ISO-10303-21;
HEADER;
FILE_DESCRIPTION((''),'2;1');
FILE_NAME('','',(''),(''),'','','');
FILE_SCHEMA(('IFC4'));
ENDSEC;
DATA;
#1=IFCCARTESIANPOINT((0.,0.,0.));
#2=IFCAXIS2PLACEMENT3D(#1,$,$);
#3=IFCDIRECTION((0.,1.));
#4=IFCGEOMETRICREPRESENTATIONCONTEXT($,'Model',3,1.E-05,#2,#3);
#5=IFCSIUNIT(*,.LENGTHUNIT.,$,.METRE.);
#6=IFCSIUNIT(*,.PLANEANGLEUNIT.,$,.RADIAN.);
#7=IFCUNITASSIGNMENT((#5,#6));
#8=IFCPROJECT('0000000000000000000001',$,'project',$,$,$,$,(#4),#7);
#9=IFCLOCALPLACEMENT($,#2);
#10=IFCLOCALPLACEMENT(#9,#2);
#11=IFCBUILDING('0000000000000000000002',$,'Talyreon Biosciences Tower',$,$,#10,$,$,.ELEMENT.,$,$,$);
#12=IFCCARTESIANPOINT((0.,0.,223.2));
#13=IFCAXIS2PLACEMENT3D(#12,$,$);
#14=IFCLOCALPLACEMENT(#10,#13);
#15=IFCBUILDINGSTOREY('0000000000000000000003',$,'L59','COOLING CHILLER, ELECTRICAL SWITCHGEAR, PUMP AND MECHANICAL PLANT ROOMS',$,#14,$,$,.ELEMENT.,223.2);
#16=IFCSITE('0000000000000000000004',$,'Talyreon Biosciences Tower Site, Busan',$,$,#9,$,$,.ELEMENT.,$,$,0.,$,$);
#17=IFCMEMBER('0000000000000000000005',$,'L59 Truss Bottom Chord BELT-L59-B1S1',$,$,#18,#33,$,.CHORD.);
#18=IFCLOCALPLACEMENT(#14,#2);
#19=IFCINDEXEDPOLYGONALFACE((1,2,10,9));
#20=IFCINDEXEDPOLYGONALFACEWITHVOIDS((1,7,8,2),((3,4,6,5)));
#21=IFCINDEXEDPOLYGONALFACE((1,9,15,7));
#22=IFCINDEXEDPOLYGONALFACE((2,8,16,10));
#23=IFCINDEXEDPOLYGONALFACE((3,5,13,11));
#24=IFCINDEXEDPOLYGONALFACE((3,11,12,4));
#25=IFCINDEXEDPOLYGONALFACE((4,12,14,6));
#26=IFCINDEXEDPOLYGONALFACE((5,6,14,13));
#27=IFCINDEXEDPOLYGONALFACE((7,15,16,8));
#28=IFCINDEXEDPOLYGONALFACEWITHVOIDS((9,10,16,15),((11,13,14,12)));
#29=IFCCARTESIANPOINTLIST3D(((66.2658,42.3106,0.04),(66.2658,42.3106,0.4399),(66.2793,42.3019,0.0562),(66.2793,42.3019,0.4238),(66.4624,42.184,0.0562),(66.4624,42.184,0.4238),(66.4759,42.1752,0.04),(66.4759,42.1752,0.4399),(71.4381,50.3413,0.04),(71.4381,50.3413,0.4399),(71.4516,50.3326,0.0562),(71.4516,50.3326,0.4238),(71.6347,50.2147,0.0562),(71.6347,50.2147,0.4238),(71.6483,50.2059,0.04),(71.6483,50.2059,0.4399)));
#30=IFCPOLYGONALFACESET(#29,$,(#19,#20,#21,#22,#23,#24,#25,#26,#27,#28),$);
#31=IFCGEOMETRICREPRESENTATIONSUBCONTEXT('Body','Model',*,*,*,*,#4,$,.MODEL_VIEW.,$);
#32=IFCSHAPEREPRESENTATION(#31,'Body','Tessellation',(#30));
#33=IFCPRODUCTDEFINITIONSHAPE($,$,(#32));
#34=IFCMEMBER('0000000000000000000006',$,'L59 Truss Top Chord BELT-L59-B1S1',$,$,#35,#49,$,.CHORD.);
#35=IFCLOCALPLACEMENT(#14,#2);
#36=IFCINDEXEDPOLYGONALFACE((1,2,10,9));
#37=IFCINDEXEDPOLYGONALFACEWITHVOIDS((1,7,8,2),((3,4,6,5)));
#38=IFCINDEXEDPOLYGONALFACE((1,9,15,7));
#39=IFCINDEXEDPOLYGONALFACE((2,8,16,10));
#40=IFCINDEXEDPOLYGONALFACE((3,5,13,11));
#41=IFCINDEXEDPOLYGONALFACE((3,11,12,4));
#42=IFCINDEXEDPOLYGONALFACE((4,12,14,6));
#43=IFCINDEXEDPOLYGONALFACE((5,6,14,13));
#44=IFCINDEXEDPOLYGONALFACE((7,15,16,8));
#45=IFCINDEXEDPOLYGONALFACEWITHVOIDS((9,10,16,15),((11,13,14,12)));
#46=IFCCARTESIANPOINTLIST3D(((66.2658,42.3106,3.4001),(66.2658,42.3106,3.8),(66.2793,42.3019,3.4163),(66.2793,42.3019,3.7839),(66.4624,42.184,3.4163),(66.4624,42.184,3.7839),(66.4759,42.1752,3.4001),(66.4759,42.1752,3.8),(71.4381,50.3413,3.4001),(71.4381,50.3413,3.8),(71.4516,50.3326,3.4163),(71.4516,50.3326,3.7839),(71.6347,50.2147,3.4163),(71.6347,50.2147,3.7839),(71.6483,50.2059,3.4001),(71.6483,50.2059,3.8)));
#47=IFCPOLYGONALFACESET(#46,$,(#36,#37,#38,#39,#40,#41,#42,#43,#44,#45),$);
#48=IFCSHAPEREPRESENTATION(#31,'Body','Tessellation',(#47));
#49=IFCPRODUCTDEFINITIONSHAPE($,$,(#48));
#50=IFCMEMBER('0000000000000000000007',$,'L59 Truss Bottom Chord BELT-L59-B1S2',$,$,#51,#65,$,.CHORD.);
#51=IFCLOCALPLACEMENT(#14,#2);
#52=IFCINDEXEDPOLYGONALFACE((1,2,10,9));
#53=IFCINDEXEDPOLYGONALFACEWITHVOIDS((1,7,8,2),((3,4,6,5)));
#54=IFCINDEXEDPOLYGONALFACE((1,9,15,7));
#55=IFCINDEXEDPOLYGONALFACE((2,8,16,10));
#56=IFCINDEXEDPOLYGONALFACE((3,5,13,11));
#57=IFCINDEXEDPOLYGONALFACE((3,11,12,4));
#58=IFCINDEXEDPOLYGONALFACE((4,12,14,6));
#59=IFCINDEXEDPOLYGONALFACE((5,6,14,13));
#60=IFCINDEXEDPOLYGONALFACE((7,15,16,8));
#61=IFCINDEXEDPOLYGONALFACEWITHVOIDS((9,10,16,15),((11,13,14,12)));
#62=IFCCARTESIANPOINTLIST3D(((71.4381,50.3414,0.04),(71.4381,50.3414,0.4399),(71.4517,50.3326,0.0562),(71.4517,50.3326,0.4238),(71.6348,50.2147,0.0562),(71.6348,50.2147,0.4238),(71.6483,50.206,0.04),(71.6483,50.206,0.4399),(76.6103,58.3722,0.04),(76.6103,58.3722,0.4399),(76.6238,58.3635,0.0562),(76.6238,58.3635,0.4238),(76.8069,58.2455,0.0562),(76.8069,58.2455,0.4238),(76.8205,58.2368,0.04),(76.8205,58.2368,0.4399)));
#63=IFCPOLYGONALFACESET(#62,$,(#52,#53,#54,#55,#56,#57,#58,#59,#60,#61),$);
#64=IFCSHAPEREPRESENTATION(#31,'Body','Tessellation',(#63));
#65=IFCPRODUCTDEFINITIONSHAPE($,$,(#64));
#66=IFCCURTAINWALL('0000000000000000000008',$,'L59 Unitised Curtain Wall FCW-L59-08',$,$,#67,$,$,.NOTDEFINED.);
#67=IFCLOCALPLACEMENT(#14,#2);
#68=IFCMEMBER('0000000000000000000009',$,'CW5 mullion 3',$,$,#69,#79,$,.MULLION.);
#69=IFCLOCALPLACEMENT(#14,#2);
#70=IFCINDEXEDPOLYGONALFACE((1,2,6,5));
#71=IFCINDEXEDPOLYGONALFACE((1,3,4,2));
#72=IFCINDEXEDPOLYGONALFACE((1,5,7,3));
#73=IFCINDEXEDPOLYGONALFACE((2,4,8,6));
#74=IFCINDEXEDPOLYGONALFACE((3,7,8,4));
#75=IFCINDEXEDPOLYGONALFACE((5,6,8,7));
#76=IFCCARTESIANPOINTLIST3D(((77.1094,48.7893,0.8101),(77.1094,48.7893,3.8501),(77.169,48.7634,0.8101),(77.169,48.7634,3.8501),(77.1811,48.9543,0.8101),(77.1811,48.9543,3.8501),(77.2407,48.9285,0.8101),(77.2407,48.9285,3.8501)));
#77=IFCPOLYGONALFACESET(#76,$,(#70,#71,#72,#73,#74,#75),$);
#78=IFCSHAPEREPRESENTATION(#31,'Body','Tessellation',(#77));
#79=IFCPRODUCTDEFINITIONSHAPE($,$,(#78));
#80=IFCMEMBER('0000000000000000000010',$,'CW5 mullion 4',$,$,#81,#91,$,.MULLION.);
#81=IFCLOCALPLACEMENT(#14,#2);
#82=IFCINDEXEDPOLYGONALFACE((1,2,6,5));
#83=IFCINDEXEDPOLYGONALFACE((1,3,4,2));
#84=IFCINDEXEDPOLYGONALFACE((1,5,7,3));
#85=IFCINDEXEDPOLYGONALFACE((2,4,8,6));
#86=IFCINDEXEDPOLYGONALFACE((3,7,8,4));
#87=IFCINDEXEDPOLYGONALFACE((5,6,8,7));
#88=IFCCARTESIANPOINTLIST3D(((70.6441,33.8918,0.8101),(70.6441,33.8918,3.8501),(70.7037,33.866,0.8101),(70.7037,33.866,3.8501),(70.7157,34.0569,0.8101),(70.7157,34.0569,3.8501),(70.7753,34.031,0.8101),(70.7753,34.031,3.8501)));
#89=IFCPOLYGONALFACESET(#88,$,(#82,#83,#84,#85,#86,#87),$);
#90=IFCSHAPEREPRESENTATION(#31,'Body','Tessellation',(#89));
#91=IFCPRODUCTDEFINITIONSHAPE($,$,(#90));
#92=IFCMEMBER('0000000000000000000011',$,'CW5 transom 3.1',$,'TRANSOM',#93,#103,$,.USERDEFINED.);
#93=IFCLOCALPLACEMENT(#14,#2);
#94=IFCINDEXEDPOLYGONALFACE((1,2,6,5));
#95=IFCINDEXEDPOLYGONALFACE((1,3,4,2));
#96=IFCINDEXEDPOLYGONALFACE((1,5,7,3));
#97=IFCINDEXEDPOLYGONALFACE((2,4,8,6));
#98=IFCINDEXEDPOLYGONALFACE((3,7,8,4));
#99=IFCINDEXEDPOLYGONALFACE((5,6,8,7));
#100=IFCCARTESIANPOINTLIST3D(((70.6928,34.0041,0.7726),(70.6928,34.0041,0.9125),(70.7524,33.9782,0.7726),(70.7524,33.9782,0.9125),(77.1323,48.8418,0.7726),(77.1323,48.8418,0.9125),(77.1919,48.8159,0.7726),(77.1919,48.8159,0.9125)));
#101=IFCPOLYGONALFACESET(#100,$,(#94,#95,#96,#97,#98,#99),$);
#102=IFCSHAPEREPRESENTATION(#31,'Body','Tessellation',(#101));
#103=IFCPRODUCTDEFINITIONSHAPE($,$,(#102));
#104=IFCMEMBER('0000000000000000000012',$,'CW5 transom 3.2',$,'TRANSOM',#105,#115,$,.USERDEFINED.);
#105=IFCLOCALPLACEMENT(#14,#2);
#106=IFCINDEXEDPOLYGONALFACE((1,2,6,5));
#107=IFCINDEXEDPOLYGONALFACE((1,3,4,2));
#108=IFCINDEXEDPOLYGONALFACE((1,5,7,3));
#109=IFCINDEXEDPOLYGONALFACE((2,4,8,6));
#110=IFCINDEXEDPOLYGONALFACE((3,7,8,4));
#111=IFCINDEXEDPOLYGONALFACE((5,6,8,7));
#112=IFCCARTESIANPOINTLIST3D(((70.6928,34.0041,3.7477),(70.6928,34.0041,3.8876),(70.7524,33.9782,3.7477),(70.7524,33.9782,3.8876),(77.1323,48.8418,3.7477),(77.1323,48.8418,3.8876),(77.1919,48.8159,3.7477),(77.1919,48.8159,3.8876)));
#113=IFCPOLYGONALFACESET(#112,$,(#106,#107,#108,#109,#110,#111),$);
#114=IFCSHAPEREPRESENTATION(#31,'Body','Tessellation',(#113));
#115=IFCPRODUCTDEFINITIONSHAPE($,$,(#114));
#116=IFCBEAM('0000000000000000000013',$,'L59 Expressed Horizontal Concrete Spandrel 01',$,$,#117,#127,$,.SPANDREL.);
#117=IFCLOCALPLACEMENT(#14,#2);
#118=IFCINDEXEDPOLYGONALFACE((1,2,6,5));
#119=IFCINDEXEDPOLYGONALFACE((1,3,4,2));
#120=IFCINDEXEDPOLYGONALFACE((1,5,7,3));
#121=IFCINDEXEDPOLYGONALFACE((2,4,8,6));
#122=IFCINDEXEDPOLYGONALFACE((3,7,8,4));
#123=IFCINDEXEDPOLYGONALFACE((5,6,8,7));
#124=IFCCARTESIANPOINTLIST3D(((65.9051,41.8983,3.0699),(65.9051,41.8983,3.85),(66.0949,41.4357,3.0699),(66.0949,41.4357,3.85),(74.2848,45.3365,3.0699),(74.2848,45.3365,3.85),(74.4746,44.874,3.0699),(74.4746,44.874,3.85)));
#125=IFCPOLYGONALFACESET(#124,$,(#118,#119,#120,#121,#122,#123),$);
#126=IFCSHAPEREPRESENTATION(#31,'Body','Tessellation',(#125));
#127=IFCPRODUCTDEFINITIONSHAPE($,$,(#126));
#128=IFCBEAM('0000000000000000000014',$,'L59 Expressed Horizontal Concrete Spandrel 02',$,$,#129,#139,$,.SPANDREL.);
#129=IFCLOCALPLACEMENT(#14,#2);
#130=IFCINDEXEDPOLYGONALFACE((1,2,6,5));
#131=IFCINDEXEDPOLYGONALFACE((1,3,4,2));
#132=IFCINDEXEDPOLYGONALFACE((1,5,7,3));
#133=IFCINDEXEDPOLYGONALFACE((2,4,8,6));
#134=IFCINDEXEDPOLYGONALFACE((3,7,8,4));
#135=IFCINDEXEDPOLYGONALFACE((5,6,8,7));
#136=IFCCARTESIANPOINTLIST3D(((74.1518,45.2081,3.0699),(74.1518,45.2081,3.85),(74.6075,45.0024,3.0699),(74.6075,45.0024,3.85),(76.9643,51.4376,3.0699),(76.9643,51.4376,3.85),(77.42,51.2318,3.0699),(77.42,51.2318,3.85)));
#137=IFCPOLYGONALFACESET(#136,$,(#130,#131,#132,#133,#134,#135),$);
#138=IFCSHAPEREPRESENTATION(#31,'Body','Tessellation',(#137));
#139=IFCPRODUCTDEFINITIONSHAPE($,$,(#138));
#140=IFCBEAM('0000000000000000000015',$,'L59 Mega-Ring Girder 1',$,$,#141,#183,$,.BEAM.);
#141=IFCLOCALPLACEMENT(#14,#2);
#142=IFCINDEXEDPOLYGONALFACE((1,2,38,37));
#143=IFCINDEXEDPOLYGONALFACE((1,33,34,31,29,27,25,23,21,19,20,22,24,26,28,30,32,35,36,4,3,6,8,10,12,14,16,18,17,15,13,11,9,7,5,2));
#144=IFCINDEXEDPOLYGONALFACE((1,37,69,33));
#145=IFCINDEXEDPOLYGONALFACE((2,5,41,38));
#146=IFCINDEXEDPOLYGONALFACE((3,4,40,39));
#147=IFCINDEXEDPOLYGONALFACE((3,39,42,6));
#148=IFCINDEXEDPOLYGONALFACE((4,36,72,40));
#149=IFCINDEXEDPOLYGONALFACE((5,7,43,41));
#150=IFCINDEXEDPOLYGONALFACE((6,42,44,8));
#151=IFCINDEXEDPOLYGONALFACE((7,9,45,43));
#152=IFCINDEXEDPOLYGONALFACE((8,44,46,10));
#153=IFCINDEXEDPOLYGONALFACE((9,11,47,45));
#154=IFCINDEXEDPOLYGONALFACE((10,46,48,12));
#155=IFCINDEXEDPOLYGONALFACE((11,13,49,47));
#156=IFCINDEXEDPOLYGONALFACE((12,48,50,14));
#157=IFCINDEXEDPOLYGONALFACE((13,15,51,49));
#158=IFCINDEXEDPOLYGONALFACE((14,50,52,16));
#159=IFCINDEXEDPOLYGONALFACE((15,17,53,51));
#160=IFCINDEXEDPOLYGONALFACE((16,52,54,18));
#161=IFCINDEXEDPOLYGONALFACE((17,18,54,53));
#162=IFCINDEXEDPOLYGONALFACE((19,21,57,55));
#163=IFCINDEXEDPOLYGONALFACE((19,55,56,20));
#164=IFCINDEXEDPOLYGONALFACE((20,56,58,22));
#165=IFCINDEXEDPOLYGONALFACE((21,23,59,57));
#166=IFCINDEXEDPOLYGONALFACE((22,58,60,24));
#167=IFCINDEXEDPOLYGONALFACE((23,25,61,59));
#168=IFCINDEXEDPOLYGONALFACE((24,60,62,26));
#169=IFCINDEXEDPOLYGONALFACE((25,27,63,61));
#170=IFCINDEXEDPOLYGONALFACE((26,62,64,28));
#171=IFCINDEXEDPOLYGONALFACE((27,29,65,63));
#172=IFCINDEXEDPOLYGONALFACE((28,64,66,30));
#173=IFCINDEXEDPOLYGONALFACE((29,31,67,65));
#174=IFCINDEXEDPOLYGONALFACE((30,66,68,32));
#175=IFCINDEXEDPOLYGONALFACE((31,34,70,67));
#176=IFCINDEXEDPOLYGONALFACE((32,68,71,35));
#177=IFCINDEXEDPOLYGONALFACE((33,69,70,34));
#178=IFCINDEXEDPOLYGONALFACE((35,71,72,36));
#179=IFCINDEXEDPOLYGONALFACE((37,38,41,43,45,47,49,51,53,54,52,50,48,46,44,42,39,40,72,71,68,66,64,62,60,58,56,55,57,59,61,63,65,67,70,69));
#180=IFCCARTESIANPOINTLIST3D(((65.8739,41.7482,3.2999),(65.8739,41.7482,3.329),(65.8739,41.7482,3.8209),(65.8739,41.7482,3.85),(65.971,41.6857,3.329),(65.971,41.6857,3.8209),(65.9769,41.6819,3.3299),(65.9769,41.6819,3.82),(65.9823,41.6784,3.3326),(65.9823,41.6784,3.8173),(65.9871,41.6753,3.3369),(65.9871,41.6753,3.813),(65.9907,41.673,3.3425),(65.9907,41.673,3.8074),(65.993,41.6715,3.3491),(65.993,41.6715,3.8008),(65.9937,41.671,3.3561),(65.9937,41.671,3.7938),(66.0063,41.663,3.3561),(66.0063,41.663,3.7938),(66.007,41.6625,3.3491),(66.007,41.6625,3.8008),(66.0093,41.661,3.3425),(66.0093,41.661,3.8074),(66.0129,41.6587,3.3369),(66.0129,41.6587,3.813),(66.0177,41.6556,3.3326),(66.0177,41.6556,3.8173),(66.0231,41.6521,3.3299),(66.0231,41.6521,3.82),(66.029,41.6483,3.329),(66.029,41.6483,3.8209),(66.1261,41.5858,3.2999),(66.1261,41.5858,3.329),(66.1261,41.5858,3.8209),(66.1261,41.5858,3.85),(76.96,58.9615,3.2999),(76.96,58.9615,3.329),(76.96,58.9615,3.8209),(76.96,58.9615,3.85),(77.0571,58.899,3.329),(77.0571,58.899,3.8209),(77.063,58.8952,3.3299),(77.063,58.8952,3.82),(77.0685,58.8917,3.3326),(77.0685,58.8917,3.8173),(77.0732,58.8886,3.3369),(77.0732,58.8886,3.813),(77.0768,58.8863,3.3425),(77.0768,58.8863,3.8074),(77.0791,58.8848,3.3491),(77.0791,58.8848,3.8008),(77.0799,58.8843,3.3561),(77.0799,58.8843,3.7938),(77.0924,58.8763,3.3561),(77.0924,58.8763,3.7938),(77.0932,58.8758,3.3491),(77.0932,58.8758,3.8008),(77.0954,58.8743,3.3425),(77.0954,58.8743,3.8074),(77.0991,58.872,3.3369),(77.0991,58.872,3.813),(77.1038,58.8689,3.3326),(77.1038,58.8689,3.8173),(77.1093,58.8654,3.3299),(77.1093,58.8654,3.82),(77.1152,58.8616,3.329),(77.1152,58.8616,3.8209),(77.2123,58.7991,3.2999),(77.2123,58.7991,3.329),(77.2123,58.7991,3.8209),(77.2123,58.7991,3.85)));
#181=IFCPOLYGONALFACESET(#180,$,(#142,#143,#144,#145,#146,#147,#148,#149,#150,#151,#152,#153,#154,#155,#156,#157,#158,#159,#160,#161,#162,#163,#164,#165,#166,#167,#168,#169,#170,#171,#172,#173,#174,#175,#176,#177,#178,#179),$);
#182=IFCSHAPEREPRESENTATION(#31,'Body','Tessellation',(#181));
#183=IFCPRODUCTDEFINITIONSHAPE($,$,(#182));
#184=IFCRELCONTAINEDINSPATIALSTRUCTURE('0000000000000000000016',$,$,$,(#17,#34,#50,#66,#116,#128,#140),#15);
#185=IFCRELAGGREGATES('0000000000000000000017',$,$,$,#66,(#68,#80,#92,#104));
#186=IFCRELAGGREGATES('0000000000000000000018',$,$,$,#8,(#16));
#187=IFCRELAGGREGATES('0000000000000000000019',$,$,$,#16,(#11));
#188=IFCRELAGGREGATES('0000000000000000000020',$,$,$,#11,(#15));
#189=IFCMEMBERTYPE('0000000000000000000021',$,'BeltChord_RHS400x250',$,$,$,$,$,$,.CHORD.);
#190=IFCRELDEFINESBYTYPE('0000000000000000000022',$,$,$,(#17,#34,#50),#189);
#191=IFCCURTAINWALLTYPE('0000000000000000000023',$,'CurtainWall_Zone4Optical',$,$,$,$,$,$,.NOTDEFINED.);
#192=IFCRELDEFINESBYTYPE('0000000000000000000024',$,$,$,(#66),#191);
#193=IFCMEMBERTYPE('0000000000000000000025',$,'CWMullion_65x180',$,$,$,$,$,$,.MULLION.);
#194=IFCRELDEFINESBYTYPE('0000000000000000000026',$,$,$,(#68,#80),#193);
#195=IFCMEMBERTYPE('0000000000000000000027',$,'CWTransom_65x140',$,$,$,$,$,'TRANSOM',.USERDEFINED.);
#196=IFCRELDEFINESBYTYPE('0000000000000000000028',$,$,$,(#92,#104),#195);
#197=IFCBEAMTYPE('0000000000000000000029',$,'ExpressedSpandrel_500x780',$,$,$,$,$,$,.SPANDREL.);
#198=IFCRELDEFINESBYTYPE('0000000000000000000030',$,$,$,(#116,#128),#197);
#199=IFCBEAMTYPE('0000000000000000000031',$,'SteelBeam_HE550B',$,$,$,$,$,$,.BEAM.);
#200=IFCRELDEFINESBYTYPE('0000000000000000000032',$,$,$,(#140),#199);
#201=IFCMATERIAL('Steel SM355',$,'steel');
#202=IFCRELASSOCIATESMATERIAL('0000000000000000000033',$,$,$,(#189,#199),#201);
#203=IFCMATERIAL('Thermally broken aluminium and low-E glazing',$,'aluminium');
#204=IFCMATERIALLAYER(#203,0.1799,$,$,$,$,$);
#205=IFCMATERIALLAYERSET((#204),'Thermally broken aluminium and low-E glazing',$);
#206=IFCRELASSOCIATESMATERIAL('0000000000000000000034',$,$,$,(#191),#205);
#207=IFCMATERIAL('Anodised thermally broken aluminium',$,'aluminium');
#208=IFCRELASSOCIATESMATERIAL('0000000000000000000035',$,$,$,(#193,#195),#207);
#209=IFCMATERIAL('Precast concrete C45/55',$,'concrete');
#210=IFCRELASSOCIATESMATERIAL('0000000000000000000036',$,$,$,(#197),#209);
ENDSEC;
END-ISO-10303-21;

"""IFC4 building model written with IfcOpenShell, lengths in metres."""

from ifc_helpers import new_model, si_unit, direction, frame, origin, origin_2d, place, context, subcontext, project, spatial, rectangle, hollow_rectangle, i_section, extrude, material, layer, layer_set, material_profile, profile_set, type_object, element, aggregate, save


model = new_model("IFC4")

# Units and contexts
model_context = context("Model", 3, precision=1e-05, world=origin(), true_north=direction((0.0, 1.0)))
body_context = subcontext(model_context, "Body", "Model", "MODEL_VIEW")
ifc_project = project(units=[si_unit("LENGTHUNIT", "METRE"), si_unit("PLANEANGLEUNIT", "RADIAN")], contexts=[model_context])

# Site, building, storey
site_placement = place(None, origin())
site = spatial("IfcSite", under=ifc_project, at=site_placement, Name="Talyreon Biosciences Tower Site, Busan", CompositionType="ELEMENT", RefElevation=0.0)
building_placement = place(site_placement, origin())
building = spatial("IfcBuilding", under=site, at=building_placement, Name="Talyreon Biosciences Tower", CompositionType="ELEMENT")
storey_placement = place(building_placement, frame((0.0, 0.0, 223.2)))
storey = spatial("IfcBuildingStorey", under=building, at=storey_placement, Name="L59", Description="COOLING CHILLER, ELECTRICAL SWITCHGEAR, PUMP AND MECHANICAL PLANT ROOMS", CompositionType="ELEMENT", Elevation=223.2)

# Members
ifc_material_1 = material(Name="Steel SM355", Category="steel")
ifc_material_profile_1 = material_profile(ifc_material_1, hollow_rectangle(XDim=0.25, YDim=0.3999, WallThickness=0.0161, at=origin_2d()), Name="RHS 400x250x16")
ifc_profile_set_1 = profile_set([ifc_material_profile_1], Name="Steel SM355")
member_type_1 = type_object("IfcMemberType", Name="BeltChord_RHS400x250", PredefinedType="CHORD", material=ifc_profile_set_1)
for number, where, z_axis, x_axis, name in (
    (1, (66.3708, 42.2429, 0.24), (0.541478, 0.840715, 0.0), (-0.840715, 0.541478, 0.0), "L59 Truss Bottom Chord BELT-L59-B1S1"),
    (2, (66.3708, 42.2429, 3.6001), (0.541478, 0.840715, 0.0), (-0.840715, 0.541478, 0.0), "L59 Truss Top Chord BELT-L59-B1S1"),
    (3, (71.5432, 50.2737, 0.24), (0.54146, 0.840726, 0.0), (-0.840726, 0.54146, 0.0), "L59 Truss Bottom Chord BELT-L59-B1S2"),
):
    element("IfcMember", number, at=place(storey_placement, frame(where, z_axis=z_axis, x_axis=x_axis)), inside=storey, type_object=member_type_1, Name=name, PredefinedType="CHORD", context=body_context, shape_type="SweptSolid", body=[
        extrude(hollow_rectangle(XDim=0.25, YDim=0.3999, WallThickness=0.0161, at=origin_2d()), origin(), (0.0, 0.0, 1.0), 9.5522),
    ])

# Curtain wall, members
ifc_material_2 = material(Name="Thermally broken aluminium and low-E glazing", Category="aluminium")
ifc_layer_1 = layer(ifc_material_2, 0.1799)
ifc_layer_set_1 = layer_set([ifc_layer_1], Name="Thermally broken aluminium and low-E glazing")
curtain_wall_type = type_object("IfcCurtainWallType", Name="CurtainWall_Zone4Optical", PredefinedType="NOTDEFINED", material=ifc_layer_set_1)
curtain_wall_placement = place(storey_placement, origin())
curtain_wall = element("IfcCurtainWall", 4, at=curtain_wall_placement, inside=storey, type_object=curtain_wall_type, Name="L59 Unitised Curtain Wall FCW-L59-08", PredefinedType="NOTDEFINED")
ifc_material_3 = material(Name="Anodised thermally broken aluminium", Category="aluminium")
ifc_material_profile_2 = material_profile(ifc_material_3, rectangle(XDim=0.0649, YDim=0.1799, at=origin_2d()), Name="ALUM MULLION 65x180")
ifc_profile_set_2 = profile_set([ifc_material_profile_2], Name="Anodised thermally broken aluminium")
member_type_2 = type_object("IfcMemberType", Name="CWMullion_65x180", PredefinedType="MULLION", material=ifc_profile_set_2)
member_1_placement = place(storey_placement, frame((77.175, 48.8589, 0.8101), z_axis=(0.0, 0.0, 1.0), x_axis=(0.917337, -0.398112, 0.0)))
member_1 = element("IfcMember", 5, at=member_1_placement, type_object=member_type_2, Name="CW5 mullion 3", PredefinedType="MULLION", context=body_context, shape_type="SweptSolid", body=[
    extrude(rectangle(XDim=0.0649, YDim=0.1799, at=origin_2d()), origin(), (0.0, 0.0, 1.0), 3.04),
])
member_2_placement = place(storey_placement, frame((70.7097, 33.9614, 0.8101), z_axis=(0.0, 0.0, 1.0), x_axis=(0.917337, -0.398112, 0.0)))
member_2 = element("IfcMember", 6, at=member_2_placement, type_object=member_type_2, Name="CW5 mullion 4", PredefinedType="MULLION", context=body_context, shape_type="SweptSolid", body=[
    extrude(rectangle(XDim=0.0649, YDim=0.1799, at=origin_2d()), origin(), (0.0, 0.0, 1.0), 3.04),
])
ifc_material_profile_3 = material_profile(ifc_material_3, rectangle(XDim=0.0649, YDim=0.1399, at=origin_2d()), Name="ALUM TRANSOM 65x140")
ifc_profile_set_3 = profile_set([ifc_material_profile_3], Name="Anodised thermally broken aluminium")
member_type_3 = type_object("IfcMemberType", Name="CWTransom_65x140", ElementType="TRANSOM", PredefinedType="USERDEFINED", material=ifc_profile_set_3)
member_3_placement = place(storey_placement, frame((77.1621, 48.8289, 0.8425), z_axis=(-0.398118, -0.917334, 0.0), x_axis=(0.917334, -0.398118, 0.0)))
member_3 = element("IfcMember", 7, at=member_3_placement, type_object=member_type_3, Name="CW5 transom 3.1", ObjectType="TRANSOM", PredefinedType="USERDEFINED", context=body_context, shape_type="SweptSolid", body=[
    extrude(rectangle(XDim=0.0649, YDim=0.1399, at=origin_2d()), origin(), (0.0, 0.0, 1.0), 16.1748),
])
member_4_placement = place(storey_placement, frame((77.1621, 48.8289, 3.8176), z_axis=(-0.398118, -0.917334, 0.0), x_axis=(0.917334, -0.398118, 0.0)))
member_4 = element("IfcMember", 8, at=member_4_placement, type_object=member_type_3, Name="CW5 transom 3.2", ObjectType="TRANSOM", PredefinedType="USERDEFINED", context=body_context, shape_type="SweptSolid", body=[
    extrude(rectangle(XDim=0.0649, YDim=0.1399, at=origin_2d()), origin(), (0.0, 0.0, 1.0), 16.1748),
])

# Beams
ifc_material_4 = material(Name="Precast concrete C45/55", Category="concrete")
ifc_material_profile_4 = material_profile(ifc_material_4, rectangle(XDim=0.5, YDim=0.78, at=origin_2d()), Name="RCB 500x780")
ifc_profile_set_4 = profile_set([ifc_material_profile_4], Name="Precast concrete C45/55")
beam_type_1 = type_object("IfcBeamType", Name="ExpressedSpandrel_500x780", PredefinedType="SPANDREL", material=ifc_profile_set_4)
beam_1_placement = place(storey_placement, frame((66.0, 41.667, 3.46), z_axis=(0.925152, 0.379597, 0.0), x_axis=(-0.379597, 0.925152, 0.0)))
element("IfcBeam", 9, at=beam_1_placement, inside=storey, type_object=beam_type_1, Name="L59 Expressed Horizontal Concrete Spandrel 01", PredefinedType="SPANDREL", context=body_context, shape_type="SweptSolid", body=[
    extrude(rectangle(XDim=0.5, YDim=0.78, at=origin_2d()), origin(), (0.0, 0.0, 1.0), 9.0576),
])
beam_2_placement = place(storey_placement, frame((74.3796, 45.1052, 3.46), z_axis=(0.411487, 0.911416, 0.0), x_axis=(-0.911416, 0.411487, 0.0)))
element("IfcBeam", 10, at=beam_2_placement, inside=storey, type_object=beam_type_1, Name="L59 Expressed Horizontal Concrete Spandrel 02", PredefinedType="SPANDREL", context=body_context, shape_type="SweptSolid", body=[
    extrude(rectangle(XDim=0.5, YDim=0.78, at=origin_2d()), origin(), (0.0, 0.0, 1.0), 6.835),
])
ifc_material_profile_5 = material_profile(ifc_material_1, i_section(OverallWidth=0.3, OverallDepth=0.55, WebThickness=0.0149, FlangeThickness=0.0291, FilletRadius=0.0271, at=origin_2d()), Name="HE550B")
ifc_profile_set_5 = profile_set([ifc_material_profile_5], Name="Steel SM355")
beam_type_2 = type_object("IfcBeamType", Name="SteelBeam_HE550B", PredefinedType="BEAM", material=ifc_profile_set_5)
beam_3_placement = place(storey_placement, frame((66.0, 41.667, 3.575), z_axis=(0.541464, 0.840724, 0.0), x_axis=(-0.840724, 0.541464, 0.0)))
element("IfcBeam", 11, at=beam_3_placement, inside=storey, type_object=beam_type_2, Name="L59 Mega-Ring Girder 1", PredefinedType="BEAM", context=body_context, shape_type="SweptSolid", body=[
    extrude(i_section(OverallWidth=0.3, OverallDepth=0.55, WebThickness=0.0149, FlangeThickness=0.0291, FilletRadius=0.0271, at=origin_2d()), origin(), (0.0, 0.0, 1.0), 20.4744),
])

aggregate(curtain_wall, [member_1, member_2, member_3, member_4])

save(model, "model.ifc")
